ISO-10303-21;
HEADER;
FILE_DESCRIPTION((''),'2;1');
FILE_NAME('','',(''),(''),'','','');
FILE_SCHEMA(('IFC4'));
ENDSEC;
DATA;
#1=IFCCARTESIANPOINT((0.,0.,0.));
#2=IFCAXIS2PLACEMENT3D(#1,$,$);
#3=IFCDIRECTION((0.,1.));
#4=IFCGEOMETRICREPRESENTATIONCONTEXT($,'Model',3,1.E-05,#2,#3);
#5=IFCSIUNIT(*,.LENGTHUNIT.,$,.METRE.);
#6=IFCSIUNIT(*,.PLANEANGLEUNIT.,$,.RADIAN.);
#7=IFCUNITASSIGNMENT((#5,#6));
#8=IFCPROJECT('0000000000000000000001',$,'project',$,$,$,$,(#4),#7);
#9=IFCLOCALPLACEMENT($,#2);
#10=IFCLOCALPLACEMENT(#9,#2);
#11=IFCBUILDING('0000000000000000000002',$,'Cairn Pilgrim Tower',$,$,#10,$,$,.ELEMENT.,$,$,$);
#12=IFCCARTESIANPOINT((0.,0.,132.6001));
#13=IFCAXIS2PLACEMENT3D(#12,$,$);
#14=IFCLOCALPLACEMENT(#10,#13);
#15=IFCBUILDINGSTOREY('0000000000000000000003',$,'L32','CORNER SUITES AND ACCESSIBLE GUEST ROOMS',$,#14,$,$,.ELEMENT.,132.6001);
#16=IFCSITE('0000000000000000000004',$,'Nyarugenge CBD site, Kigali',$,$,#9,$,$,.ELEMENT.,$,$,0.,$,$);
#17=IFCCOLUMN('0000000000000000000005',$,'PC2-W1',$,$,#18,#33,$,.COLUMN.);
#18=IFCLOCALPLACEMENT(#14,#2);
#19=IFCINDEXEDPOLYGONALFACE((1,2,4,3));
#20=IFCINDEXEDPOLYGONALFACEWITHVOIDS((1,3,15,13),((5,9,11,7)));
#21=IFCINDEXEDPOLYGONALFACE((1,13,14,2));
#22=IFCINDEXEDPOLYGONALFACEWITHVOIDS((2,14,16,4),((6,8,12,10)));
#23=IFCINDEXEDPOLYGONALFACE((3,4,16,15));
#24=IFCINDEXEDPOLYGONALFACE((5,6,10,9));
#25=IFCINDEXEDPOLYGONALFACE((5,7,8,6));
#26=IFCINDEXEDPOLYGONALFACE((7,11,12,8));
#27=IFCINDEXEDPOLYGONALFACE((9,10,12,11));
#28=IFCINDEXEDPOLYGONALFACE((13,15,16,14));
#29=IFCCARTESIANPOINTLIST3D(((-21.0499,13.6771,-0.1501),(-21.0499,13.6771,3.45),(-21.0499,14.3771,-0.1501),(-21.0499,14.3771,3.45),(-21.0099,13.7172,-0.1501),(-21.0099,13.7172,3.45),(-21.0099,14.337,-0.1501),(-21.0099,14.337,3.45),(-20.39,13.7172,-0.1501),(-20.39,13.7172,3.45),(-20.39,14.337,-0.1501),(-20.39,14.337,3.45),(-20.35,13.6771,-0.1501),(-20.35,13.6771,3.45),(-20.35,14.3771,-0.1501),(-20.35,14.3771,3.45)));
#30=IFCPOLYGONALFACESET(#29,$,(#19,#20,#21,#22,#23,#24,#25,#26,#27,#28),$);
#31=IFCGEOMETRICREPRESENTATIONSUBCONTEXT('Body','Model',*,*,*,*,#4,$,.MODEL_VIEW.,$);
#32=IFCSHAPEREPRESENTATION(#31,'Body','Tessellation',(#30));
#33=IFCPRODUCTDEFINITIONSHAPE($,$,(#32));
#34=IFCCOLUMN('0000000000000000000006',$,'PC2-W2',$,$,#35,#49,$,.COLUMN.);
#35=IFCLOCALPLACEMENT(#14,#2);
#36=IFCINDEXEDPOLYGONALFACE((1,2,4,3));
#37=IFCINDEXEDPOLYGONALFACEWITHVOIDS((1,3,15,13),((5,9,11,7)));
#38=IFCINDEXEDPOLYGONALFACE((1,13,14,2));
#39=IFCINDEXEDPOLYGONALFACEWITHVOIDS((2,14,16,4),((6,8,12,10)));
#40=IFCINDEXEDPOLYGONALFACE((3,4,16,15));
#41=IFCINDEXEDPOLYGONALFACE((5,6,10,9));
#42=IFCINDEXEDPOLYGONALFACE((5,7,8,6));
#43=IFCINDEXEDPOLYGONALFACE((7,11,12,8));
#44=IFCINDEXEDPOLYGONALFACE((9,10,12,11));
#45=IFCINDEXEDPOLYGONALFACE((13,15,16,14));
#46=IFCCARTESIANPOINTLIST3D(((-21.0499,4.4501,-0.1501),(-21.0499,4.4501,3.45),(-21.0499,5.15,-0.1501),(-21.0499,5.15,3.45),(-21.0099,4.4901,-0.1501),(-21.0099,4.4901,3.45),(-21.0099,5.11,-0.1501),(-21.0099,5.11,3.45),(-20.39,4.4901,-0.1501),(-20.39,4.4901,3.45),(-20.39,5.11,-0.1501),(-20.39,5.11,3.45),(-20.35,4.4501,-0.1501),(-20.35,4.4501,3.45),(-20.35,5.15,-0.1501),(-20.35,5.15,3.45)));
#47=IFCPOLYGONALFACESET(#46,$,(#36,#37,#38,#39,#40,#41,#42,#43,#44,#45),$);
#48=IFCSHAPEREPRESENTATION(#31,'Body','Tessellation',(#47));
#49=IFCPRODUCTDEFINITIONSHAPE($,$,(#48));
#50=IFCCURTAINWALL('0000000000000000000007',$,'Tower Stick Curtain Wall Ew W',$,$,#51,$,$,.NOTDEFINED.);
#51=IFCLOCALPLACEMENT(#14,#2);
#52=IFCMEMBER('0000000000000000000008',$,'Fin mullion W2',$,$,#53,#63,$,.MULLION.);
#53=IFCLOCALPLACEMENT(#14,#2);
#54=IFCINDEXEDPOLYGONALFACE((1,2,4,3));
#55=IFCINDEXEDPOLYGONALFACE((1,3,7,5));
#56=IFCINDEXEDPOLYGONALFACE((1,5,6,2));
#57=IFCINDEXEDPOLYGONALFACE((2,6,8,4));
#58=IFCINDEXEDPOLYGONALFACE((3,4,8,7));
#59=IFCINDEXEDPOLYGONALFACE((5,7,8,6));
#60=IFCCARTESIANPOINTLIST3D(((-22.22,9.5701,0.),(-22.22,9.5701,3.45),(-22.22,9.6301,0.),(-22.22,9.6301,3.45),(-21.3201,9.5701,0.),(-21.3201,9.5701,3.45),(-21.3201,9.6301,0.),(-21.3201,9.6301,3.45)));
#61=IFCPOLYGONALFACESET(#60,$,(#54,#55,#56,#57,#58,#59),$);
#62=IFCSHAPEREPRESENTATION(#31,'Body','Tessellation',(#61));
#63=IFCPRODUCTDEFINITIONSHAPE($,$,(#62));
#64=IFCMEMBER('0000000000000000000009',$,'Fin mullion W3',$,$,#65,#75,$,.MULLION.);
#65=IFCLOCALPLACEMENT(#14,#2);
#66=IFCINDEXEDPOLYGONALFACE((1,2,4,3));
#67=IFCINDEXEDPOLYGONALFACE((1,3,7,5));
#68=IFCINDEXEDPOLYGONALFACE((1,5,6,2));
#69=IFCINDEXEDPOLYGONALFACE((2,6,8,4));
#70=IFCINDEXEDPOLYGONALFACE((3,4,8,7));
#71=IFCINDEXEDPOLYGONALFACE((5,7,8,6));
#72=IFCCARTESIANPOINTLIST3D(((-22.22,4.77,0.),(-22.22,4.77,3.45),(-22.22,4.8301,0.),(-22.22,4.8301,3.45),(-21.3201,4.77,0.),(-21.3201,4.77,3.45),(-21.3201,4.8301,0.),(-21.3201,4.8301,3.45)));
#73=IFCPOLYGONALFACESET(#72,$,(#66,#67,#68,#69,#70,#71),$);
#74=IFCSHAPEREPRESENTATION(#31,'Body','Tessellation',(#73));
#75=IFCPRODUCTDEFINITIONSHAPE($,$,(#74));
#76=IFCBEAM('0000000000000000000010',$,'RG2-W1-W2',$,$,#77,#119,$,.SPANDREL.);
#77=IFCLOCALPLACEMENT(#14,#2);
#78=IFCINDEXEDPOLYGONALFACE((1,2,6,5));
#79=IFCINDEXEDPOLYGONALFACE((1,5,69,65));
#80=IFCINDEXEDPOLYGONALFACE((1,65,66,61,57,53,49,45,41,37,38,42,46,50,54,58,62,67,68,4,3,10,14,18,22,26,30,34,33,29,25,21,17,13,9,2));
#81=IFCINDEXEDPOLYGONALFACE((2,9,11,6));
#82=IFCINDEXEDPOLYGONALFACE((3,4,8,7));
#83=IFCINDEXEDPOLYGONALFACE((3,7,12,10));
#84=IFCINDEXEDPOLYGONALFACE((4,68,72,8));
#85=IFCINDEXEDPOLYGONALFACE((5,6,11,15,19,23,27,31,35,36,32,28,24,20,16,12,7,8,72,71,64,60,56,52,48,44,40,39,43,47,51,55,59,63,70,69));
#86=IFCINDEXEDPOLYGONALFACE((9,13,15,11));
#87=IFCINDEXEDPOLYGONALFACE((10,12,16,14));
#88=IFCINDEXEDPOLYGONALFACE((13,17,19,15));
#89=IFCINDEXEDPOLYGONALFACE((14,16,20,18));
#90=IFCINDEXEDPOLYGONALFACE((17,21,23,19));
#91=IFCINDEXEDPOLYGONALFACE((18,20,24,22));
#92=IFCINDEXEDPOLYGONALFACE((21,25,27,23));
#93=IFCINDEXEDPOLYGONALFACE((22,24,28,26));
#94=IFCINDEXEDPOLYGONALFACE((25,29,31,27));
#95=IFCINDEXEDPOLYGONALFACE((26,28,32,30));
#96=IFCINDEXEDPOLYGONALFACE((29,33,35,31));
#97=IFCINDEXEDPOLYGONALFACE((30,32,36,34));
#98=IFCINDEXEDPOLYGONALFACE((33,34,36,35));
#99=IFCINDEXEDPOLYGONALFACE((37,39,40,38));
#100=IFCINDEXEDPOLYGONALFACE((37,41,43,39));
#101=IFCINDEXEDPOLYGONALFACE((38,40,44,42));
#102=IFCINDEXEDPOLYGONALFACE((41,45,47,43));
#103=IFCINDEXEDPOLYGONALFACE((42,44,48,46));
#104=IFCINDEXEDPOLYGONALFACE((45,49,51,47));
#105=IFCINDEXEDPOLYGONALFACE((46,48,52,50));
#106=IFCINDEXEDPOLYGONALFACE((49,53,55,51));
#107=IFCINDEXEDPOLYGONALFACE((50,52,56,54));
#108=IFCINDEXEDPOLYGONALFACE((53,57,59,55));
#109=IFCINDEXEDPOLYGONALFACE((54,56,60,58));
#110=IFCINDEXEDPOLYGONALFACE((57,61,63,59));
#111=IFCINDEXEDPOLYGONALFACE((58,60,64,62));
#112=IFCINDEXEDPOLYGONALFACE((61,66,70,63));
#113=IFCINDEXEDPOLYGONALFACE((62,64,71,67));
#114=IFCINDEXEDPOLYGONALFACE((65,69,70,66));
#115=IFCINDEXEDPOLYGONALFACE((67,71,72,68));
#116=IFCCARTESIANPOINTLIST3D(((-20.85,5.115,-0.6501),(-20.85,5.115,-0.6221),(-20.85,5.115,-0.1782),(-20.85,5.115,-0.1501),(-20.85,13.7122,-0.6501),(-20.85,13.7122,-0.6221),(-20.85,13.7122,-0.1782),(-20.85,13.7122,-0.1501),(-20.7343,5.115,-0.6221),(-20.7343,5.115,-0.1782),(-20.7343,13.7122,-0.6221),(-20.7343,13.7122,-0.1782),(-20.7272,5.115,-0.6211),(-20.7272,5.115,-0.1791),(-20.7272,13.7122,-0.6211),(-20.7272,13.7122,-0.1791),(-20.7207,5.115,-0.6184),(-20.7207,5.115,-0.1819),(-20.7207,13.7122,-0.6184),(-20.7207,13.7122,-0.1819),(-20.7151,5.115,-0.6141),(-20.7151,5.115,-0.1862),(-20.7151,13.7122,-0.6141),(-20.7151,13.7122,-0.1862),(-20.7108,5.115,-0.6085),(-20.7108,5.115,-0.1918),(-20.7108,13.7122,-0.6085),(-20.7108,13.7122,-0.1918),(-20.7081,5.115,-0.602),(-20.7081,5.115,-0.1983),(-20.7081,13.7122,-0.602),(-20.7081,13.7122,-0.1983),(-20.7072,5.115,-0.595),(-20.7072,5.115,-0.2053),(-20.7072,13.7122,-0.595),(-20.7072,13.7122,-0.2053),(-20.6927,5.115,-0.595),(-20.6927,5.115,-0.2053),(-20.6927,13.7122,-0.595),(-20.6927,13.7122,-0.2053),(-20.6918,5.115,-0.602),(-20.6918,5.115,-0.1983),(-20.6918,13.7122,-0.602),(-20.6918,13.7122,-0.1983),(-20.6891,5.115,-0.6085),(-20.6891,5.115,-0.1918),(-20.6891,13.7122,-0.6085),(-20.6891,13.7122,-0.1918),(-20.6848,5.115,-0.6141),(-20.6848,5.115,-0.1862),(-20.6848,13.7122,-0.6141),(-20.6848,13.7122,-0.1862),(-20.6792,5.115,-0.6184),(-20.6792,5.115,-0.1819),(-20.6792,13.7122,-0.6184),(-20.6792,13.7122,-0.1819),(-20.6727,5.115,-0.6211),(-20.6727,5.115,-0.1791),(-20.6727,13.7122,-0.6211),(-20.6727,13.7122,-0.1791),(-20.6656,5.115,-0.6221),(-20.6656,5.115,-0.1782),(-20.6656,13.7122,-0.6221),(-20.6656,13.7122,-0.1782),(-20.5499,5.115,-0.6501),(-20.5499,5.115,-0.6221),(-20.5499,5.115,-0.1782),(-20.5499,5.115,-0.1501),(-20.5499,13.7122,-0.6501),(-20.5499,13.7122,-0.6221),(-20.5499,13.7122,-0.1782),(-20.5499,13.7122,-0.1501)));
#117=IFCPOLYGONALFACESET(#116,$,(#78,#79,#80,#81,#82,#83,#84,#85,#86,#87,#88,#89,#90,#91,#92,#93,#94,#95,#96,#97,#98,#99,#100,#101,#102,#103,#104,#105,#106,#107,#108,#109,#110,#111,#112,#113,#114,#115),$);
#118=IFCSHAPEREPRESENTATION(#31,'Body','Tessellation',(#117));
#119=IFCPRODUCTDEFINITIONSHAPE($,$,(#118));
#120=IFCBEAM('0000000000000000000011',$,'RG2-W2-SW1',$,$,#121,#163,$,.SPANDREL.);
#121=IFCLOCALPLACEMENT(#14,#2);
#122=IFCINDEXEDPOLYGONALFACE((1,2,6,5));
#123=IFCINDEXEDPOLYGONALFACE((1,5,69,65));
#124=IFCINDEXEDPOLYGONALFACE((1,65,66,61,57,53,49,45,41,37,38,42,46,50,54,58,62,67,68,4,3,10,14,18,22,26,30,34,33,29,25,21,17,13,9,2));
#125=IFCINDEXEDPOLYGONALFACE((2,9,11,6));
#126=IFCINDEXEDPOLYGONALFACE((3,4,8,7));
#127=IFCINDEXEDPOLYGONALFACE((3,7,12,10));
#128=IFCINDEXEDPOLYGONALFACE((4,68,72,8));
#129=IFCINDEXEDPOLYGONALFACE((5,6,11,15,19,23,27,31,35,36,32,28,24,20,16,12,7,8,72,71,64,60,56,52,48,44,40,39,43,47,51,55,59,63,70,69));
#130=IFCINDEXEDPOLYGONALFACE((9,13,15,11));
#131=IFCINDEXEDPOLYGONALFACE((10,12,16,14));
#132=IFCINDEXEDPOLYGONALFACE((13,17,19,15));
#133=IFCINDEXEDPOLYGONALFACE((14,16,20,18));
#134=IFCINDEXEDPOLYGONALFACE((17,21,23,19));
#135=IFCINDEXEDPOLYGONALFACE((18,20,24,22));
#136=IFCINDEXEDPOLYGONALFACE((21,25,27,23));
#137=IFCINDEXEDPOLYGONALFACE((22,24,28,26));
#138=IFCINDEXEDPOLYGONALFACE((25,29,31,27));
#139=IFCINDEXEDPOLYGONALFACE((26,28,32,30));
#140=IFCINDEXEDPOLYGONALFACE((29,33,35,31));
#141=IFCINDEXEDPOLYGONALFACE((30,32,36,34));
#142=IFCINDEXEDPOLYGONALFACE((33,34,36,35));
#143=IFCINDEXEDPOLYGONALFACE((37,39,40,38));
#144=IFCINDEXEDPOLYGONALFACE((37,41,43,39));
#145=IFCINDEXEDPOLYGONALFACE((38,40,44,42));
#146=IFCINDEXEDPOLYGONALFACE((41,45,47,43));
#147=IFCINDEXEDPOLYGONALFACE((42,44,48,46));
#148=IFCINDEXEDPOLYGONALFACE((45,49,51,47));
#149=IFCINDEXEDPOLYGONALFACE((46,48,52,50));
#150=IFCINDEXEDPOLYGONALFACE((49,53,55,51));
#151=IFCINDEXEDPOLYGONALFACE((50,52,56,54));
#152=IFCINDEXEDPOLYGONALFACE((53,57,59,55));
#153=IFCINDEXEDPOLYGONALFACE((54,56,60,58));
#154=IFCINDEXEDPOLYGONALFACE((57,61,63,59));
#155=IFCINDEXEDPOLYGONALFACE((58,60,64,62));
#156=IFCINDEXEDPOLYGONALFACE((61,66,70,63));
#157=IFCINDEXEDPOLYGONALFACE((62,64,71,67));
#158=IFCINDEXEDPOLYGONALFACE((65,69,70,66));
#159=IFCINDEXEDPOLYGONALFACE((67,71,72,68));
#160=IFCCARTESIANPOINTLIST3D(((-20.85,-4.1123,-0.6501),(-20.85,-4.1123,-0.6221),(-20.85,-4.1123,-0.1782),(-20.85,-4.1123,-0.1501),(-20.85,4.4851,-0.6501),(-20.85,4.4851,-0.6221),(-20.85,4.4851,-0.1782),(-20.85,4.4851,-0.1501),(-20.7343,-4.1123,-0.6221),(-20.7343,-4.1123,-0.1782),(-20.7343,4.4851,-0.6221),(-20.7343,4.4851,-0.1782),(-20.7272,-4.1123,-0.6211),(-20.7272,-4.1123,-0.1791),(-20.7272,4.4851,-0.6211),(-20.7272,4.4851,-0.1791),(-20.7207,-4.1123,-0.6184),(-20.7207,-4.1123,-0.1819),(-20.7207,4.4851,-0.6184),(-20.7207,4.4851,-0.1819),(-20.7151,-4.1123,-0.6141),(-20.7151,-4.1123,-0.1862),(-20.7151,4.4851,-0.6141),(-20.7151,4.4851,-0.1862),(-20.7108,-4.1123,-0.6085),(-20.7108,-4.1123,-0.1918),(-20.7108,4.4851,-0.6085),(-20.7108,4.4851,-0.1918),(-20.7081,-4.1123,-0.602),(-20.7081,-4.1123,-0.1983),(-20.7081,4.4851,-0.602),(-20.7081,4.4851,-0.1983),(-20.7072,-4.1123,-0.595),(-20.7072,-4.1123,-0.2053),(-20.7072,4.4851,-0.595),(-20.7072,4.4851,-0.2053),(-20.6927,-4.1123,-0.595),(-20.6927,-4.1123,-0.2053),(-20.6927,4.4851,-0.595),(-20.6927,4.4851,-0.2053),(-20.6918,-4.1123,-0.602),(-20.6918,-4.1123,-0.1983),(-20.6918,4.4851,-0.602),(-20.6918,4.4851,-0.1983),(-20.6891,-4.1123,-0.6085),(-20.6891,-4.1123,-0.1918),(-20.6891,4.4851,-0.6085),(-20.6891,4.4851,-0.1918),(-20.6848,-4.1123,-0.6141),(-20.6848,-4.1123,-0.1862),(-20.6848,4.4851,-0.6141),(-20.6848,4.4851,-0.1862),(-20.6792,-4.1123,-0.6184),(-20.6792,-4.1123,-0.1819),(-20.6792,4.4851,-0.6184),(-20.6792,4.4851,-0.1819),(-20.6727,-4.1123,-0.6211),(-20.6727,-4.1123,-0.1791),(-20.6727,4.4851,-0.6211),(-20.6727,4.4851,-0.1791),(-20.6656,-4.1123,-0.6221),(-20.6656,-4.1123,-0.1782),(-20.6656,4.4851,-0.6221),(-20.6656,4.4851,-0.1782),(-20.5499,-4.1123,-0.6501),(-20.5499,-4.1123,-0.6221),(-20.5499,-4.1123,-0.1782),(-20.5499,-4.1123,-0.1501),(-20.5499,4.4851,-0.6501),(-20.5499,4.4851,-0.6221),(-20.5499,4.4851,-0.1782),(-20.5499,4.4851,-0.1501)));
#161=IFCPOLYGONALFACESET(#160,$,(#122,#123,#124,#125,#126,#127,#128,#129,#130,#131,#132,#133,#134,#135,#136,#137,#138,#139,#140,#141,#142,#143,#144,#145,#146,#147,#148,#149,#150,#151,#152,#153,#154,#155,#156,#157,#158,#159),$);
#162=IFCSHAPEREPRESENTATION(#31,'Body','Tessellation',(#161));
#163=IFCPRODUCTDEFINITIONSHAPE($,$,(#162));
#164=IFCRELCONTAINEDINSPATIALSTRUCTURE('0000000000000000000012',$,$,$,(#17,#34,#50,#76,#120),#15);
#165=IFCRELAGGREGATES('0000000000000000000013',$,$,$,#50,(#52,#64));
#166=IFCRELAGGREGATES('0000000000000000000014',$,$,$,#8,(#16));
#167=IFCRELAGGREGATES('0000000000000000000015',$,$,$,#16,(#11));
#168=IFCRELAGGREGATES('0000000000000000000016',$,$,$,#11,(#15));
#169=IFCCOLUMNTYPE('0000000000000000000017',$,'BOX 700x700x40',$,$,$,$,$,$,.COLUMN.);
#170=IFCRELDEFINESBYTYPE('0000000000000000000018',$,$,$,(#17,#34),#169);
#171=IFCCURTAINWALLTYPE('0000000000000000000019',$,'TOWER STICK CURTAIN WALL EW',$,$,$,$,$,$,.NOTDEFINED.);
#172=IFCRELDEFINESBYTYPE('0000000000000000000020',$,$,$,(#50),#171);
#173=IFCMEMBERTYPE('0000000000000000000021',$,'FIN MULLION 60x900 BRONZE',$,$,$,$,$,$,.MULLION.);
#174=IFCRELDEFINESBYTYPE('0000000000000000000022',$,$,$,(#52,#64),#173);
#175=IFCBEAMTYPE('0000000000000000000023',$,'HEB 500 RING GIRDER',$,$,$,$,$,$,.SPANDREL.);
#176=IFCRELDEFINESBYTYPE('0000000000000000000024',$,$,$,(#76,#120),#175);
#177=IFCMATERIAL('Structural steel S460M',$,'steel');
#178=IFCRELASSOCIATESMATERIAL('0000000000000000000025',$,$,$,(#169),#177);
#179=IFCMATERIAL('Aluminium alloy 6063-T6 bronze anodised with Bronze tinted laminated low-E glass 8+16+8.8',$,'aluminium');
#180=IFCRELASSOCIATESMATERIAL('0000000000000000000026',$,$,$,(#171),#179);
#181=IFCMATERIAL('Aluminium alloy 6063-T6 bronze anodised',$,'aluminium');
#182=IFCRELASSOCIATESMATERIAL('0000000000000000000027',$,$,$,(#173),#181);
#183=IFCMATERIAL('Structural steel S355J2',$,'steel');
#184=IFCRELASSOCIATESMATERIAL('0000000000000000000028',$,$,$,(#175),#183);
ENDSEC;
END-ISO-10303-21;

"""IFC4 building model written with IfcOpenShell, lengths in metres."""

from ifc_helpers import new_model, si_unit, direction, frame, origin, origin_2d, place, context, subcontext, project, spatial, rectangle, hollow_rectangle, i_section, extrude, material, material_profile, profile_set, type_object, element, aggregate, save


model = new_model("IFC4")

# Units and contexts
model_context = context("Model", 3, precision=1e-05, world=origin(), true_north=direction((0.0, 1.0)))
body_context = subcontext(model_context, "Body", "Model", "MODEL_VIEW")
ifc_project = project(units=[si_unit("LENGTHUNIT", "METRE"), si_unit("PLANEANGLEUNIT", "RADIAN")], contexts=[model_context])

# Site, building, storey
site_placement = place(None, origin())
site = spatial("IfcSite", under=ifc_project, at=site_placement, Name="Nyarugenge CBD site, Kigali", CompositionType="ELEMENT", RefElevation=0.0)
building_placement = place(site_placement, origin())
building = spatial("IfcBuilding", under=site, at=building_placement, Name="Cairn Pilgrim Tower", CompositionType="ELEMENT")
storey_placement = place(building_placement, frame((0.0, 0.0, 132.6001)))
storey = spatial("IfcBuildingStorey", under=building, at=storey_placement, Name="L32", Description="CORNER SUITES AND ACCESSIBLE GUEST ROOMS", CompositionType="ELEMENT", Elevation=132.6001)

# Columns
ifc_material_1 = material(Name="Structural steel S460M", Category="steel")
ifc_material_profile_1 = material_profile(ifc_material_1, hollow_rectangle(XDim=0.7, YDim=0.7, WallThickness=0.04, at=origin_2d()), Name="BOX 700x700x40")
ifc_profile_set_1 = profile_set([ifc_material_profile_1], Name="Structural steel S460M")
column_type = type_object("IfcColumnType", Name="BOX 700x700x40", PredefinedType="COLUMN", material=ifc_profile_set_1)
for number, where, z_axis, x_axis, name in (
    (1, (-20.7, 14.0271, -0.1501), (0.0, 0.0, 1.0), (1.0, 0.0, 0.0), "PC2-W1"),
    (2, (-20.7, 4.8, -0.1501), (0.0, 0.0, 1.0), (1.0, 0.0, 0.0), "PC2-W2"),
):
    element("IfcColumn", number, at=place(storey_placement, frame(where, z_axis=z_axis, x_axis=x_axis)), inside=storey, type_object=column_type, Name=name, PredefinedType="COLUMN", context=body_context, shape_type="SweptSolid", body=[
        extrude(hollow_rectangle(XDim=0.7, YDim=0.7, WallThickness=0.04, at=origin_2d()), origin(), (0.0, 0.0, 1.0), 3.6001),
    ])

# Curtain wall, members
ifc_material_2 = material(Name="Aluminium alloy 6063-T6 bronze anodised with Bronze tinted laminated low-E glass 8+16+8.8", Category="aluminium")
curtain_wall_type = type_object("IfcCurtainWallType", Name="TOWER STICK CURTAIN WALL EW", PredefinedType="NOTDEFINED", material=ifc_material_2)
curtain_wall_placement = place(storey_placement, origin())
curtain_wall = element("IfcCurtainWall", 3, at=curtain_wall_placement, inside=storey, type_object=curtain_wall_type, Name="Tower Stick Curtain Wall Ew W", PredefinedType="NOTDEFINED")
ifc_material_3 = material(Name="Aluminium alloy 6063-T6 bronze anodised", Category="aluminium")
ifc_material_profile_2 = material_profile(ifc_material_3, rectangle(XDim=0.8999, YDim=0.0601, at=origin_2d()), Name="FIN MULLION 60x900 BRONZE")
ifc_profile_set_2 = profile_set([ifc_material_profile_2], Name="Aluminium alloy 6063-T6 bronze anodised")
member_type = type_object("IfcMemberType", Name="FIN MULLION 60x900 BRONZE", PredefinedType="MULLION", material=ifc_profile_set_2)
member_1_placement = place(storey_placement, frame((-21.77, 9.6001, 0.0), z_axis=(0.0, 0.0, 1.0), x_axis=(-1.0, 0.0, 0.0)))
member_1 = element("IfcMember", 4, at=member_1_placement, type_object=member_type, Name="Fin mullion W2", PredefinedType="MULLION", context=body_context, shape_type="SweptSolid", body=[
    extrude(rectangle(XDim=0.8999, YDim=0.0601, at=origin_2d()), origin(), (0.0, 0.0, 1.0), 3.45),
])
member_2_placement = place(storey_placement, frame((-21.77, 4.8, 0.0), z_axis=(0.0, 0.0, 1.0), x_axis=(-1.0, 0.0, 0.0)))
member_2 = element("IfcMember", 5, at=member_2_placement, type_object=member_type, Name="Fin mullion W3", PredefinedType="MULLION", context=body_context, shape_type="SweptSolid", body=[
    extrude(rectangle(XDim=0.8999, YDim=0.0601, at=origin_2d()), origin(), (0.0, 0.0, 1.0), 3.45),
])
aggregate(curtain_wall, [member_1, member_2])

# Beams
ifc_material_4 = material(Name="Structural steel S355J2", Category="steel")
ifc_material_profile_3 = material_profile(ifc_material_4, i_section(OverallWidth=0.3, OverallDepth=0.5, WebThickness=0.0144, FlangeThickness=0.0281, FilletRadius=0.0271, at=origin_2d()), Name="HEB 500")
ifc_profile_set_3 = profile_set([ifc_material_profile_3], Name="Structural steel S355J2")
beam_type_1 = type_object("IfcBeamType", Name="HEB 500 RING GIRDER", PredefinedType="SPANDREL", material=ifc_profile_set_3)
beam_1_placement = place(storey_placement, frame((-20.7, 13.7122, -0.4001), z_axis=(0.0, -1.0, 0.0), x_axis=(1.0, 0.0, 0.0)))
element("IfcBeam", 6, at=beam_1_placement, inside=storey, type_object=beam_type_1, Name="RG2-W1-W2", PredefinedType="SPANDREL", context=body_context, shape_type="SweptSolid", body=[
    extrude(i_section(OverallWidth=0.3, OverallDepth=0.5, WebThickness=0.0144, FlangeThickness=0.0281, FilletRadius=0.0271, at=origin_2d()), origin(), (0.0, 0.0, 1.0), 8.5972),
])
beam_2_placement = place(storey_placement, frame((-20.7, 4.4851, -0.4001), z_axis=(0.0, -1.0, 0.0), x_axis=(1.0, 0.0, 0.0)))
element("IfcBeam", 7, at=beam_2_placement, inside=storey, type_object=beam_type_1, Name="RG2-W2-SW1", PredefinedType="SPANDREL", context=body_context, shape_type="SweptSolid", body=[
    extrude(i_section(OverallWidth=0.3, OverallDepth=0.5, WebThickness=0.0144, FlangeThickness=0.0281, FilletRadius=0.0271, at=origin_2d()), origin(), (0.0, 0.0, 1.0), 8.5974),
])

save(model, "model.ifc")
